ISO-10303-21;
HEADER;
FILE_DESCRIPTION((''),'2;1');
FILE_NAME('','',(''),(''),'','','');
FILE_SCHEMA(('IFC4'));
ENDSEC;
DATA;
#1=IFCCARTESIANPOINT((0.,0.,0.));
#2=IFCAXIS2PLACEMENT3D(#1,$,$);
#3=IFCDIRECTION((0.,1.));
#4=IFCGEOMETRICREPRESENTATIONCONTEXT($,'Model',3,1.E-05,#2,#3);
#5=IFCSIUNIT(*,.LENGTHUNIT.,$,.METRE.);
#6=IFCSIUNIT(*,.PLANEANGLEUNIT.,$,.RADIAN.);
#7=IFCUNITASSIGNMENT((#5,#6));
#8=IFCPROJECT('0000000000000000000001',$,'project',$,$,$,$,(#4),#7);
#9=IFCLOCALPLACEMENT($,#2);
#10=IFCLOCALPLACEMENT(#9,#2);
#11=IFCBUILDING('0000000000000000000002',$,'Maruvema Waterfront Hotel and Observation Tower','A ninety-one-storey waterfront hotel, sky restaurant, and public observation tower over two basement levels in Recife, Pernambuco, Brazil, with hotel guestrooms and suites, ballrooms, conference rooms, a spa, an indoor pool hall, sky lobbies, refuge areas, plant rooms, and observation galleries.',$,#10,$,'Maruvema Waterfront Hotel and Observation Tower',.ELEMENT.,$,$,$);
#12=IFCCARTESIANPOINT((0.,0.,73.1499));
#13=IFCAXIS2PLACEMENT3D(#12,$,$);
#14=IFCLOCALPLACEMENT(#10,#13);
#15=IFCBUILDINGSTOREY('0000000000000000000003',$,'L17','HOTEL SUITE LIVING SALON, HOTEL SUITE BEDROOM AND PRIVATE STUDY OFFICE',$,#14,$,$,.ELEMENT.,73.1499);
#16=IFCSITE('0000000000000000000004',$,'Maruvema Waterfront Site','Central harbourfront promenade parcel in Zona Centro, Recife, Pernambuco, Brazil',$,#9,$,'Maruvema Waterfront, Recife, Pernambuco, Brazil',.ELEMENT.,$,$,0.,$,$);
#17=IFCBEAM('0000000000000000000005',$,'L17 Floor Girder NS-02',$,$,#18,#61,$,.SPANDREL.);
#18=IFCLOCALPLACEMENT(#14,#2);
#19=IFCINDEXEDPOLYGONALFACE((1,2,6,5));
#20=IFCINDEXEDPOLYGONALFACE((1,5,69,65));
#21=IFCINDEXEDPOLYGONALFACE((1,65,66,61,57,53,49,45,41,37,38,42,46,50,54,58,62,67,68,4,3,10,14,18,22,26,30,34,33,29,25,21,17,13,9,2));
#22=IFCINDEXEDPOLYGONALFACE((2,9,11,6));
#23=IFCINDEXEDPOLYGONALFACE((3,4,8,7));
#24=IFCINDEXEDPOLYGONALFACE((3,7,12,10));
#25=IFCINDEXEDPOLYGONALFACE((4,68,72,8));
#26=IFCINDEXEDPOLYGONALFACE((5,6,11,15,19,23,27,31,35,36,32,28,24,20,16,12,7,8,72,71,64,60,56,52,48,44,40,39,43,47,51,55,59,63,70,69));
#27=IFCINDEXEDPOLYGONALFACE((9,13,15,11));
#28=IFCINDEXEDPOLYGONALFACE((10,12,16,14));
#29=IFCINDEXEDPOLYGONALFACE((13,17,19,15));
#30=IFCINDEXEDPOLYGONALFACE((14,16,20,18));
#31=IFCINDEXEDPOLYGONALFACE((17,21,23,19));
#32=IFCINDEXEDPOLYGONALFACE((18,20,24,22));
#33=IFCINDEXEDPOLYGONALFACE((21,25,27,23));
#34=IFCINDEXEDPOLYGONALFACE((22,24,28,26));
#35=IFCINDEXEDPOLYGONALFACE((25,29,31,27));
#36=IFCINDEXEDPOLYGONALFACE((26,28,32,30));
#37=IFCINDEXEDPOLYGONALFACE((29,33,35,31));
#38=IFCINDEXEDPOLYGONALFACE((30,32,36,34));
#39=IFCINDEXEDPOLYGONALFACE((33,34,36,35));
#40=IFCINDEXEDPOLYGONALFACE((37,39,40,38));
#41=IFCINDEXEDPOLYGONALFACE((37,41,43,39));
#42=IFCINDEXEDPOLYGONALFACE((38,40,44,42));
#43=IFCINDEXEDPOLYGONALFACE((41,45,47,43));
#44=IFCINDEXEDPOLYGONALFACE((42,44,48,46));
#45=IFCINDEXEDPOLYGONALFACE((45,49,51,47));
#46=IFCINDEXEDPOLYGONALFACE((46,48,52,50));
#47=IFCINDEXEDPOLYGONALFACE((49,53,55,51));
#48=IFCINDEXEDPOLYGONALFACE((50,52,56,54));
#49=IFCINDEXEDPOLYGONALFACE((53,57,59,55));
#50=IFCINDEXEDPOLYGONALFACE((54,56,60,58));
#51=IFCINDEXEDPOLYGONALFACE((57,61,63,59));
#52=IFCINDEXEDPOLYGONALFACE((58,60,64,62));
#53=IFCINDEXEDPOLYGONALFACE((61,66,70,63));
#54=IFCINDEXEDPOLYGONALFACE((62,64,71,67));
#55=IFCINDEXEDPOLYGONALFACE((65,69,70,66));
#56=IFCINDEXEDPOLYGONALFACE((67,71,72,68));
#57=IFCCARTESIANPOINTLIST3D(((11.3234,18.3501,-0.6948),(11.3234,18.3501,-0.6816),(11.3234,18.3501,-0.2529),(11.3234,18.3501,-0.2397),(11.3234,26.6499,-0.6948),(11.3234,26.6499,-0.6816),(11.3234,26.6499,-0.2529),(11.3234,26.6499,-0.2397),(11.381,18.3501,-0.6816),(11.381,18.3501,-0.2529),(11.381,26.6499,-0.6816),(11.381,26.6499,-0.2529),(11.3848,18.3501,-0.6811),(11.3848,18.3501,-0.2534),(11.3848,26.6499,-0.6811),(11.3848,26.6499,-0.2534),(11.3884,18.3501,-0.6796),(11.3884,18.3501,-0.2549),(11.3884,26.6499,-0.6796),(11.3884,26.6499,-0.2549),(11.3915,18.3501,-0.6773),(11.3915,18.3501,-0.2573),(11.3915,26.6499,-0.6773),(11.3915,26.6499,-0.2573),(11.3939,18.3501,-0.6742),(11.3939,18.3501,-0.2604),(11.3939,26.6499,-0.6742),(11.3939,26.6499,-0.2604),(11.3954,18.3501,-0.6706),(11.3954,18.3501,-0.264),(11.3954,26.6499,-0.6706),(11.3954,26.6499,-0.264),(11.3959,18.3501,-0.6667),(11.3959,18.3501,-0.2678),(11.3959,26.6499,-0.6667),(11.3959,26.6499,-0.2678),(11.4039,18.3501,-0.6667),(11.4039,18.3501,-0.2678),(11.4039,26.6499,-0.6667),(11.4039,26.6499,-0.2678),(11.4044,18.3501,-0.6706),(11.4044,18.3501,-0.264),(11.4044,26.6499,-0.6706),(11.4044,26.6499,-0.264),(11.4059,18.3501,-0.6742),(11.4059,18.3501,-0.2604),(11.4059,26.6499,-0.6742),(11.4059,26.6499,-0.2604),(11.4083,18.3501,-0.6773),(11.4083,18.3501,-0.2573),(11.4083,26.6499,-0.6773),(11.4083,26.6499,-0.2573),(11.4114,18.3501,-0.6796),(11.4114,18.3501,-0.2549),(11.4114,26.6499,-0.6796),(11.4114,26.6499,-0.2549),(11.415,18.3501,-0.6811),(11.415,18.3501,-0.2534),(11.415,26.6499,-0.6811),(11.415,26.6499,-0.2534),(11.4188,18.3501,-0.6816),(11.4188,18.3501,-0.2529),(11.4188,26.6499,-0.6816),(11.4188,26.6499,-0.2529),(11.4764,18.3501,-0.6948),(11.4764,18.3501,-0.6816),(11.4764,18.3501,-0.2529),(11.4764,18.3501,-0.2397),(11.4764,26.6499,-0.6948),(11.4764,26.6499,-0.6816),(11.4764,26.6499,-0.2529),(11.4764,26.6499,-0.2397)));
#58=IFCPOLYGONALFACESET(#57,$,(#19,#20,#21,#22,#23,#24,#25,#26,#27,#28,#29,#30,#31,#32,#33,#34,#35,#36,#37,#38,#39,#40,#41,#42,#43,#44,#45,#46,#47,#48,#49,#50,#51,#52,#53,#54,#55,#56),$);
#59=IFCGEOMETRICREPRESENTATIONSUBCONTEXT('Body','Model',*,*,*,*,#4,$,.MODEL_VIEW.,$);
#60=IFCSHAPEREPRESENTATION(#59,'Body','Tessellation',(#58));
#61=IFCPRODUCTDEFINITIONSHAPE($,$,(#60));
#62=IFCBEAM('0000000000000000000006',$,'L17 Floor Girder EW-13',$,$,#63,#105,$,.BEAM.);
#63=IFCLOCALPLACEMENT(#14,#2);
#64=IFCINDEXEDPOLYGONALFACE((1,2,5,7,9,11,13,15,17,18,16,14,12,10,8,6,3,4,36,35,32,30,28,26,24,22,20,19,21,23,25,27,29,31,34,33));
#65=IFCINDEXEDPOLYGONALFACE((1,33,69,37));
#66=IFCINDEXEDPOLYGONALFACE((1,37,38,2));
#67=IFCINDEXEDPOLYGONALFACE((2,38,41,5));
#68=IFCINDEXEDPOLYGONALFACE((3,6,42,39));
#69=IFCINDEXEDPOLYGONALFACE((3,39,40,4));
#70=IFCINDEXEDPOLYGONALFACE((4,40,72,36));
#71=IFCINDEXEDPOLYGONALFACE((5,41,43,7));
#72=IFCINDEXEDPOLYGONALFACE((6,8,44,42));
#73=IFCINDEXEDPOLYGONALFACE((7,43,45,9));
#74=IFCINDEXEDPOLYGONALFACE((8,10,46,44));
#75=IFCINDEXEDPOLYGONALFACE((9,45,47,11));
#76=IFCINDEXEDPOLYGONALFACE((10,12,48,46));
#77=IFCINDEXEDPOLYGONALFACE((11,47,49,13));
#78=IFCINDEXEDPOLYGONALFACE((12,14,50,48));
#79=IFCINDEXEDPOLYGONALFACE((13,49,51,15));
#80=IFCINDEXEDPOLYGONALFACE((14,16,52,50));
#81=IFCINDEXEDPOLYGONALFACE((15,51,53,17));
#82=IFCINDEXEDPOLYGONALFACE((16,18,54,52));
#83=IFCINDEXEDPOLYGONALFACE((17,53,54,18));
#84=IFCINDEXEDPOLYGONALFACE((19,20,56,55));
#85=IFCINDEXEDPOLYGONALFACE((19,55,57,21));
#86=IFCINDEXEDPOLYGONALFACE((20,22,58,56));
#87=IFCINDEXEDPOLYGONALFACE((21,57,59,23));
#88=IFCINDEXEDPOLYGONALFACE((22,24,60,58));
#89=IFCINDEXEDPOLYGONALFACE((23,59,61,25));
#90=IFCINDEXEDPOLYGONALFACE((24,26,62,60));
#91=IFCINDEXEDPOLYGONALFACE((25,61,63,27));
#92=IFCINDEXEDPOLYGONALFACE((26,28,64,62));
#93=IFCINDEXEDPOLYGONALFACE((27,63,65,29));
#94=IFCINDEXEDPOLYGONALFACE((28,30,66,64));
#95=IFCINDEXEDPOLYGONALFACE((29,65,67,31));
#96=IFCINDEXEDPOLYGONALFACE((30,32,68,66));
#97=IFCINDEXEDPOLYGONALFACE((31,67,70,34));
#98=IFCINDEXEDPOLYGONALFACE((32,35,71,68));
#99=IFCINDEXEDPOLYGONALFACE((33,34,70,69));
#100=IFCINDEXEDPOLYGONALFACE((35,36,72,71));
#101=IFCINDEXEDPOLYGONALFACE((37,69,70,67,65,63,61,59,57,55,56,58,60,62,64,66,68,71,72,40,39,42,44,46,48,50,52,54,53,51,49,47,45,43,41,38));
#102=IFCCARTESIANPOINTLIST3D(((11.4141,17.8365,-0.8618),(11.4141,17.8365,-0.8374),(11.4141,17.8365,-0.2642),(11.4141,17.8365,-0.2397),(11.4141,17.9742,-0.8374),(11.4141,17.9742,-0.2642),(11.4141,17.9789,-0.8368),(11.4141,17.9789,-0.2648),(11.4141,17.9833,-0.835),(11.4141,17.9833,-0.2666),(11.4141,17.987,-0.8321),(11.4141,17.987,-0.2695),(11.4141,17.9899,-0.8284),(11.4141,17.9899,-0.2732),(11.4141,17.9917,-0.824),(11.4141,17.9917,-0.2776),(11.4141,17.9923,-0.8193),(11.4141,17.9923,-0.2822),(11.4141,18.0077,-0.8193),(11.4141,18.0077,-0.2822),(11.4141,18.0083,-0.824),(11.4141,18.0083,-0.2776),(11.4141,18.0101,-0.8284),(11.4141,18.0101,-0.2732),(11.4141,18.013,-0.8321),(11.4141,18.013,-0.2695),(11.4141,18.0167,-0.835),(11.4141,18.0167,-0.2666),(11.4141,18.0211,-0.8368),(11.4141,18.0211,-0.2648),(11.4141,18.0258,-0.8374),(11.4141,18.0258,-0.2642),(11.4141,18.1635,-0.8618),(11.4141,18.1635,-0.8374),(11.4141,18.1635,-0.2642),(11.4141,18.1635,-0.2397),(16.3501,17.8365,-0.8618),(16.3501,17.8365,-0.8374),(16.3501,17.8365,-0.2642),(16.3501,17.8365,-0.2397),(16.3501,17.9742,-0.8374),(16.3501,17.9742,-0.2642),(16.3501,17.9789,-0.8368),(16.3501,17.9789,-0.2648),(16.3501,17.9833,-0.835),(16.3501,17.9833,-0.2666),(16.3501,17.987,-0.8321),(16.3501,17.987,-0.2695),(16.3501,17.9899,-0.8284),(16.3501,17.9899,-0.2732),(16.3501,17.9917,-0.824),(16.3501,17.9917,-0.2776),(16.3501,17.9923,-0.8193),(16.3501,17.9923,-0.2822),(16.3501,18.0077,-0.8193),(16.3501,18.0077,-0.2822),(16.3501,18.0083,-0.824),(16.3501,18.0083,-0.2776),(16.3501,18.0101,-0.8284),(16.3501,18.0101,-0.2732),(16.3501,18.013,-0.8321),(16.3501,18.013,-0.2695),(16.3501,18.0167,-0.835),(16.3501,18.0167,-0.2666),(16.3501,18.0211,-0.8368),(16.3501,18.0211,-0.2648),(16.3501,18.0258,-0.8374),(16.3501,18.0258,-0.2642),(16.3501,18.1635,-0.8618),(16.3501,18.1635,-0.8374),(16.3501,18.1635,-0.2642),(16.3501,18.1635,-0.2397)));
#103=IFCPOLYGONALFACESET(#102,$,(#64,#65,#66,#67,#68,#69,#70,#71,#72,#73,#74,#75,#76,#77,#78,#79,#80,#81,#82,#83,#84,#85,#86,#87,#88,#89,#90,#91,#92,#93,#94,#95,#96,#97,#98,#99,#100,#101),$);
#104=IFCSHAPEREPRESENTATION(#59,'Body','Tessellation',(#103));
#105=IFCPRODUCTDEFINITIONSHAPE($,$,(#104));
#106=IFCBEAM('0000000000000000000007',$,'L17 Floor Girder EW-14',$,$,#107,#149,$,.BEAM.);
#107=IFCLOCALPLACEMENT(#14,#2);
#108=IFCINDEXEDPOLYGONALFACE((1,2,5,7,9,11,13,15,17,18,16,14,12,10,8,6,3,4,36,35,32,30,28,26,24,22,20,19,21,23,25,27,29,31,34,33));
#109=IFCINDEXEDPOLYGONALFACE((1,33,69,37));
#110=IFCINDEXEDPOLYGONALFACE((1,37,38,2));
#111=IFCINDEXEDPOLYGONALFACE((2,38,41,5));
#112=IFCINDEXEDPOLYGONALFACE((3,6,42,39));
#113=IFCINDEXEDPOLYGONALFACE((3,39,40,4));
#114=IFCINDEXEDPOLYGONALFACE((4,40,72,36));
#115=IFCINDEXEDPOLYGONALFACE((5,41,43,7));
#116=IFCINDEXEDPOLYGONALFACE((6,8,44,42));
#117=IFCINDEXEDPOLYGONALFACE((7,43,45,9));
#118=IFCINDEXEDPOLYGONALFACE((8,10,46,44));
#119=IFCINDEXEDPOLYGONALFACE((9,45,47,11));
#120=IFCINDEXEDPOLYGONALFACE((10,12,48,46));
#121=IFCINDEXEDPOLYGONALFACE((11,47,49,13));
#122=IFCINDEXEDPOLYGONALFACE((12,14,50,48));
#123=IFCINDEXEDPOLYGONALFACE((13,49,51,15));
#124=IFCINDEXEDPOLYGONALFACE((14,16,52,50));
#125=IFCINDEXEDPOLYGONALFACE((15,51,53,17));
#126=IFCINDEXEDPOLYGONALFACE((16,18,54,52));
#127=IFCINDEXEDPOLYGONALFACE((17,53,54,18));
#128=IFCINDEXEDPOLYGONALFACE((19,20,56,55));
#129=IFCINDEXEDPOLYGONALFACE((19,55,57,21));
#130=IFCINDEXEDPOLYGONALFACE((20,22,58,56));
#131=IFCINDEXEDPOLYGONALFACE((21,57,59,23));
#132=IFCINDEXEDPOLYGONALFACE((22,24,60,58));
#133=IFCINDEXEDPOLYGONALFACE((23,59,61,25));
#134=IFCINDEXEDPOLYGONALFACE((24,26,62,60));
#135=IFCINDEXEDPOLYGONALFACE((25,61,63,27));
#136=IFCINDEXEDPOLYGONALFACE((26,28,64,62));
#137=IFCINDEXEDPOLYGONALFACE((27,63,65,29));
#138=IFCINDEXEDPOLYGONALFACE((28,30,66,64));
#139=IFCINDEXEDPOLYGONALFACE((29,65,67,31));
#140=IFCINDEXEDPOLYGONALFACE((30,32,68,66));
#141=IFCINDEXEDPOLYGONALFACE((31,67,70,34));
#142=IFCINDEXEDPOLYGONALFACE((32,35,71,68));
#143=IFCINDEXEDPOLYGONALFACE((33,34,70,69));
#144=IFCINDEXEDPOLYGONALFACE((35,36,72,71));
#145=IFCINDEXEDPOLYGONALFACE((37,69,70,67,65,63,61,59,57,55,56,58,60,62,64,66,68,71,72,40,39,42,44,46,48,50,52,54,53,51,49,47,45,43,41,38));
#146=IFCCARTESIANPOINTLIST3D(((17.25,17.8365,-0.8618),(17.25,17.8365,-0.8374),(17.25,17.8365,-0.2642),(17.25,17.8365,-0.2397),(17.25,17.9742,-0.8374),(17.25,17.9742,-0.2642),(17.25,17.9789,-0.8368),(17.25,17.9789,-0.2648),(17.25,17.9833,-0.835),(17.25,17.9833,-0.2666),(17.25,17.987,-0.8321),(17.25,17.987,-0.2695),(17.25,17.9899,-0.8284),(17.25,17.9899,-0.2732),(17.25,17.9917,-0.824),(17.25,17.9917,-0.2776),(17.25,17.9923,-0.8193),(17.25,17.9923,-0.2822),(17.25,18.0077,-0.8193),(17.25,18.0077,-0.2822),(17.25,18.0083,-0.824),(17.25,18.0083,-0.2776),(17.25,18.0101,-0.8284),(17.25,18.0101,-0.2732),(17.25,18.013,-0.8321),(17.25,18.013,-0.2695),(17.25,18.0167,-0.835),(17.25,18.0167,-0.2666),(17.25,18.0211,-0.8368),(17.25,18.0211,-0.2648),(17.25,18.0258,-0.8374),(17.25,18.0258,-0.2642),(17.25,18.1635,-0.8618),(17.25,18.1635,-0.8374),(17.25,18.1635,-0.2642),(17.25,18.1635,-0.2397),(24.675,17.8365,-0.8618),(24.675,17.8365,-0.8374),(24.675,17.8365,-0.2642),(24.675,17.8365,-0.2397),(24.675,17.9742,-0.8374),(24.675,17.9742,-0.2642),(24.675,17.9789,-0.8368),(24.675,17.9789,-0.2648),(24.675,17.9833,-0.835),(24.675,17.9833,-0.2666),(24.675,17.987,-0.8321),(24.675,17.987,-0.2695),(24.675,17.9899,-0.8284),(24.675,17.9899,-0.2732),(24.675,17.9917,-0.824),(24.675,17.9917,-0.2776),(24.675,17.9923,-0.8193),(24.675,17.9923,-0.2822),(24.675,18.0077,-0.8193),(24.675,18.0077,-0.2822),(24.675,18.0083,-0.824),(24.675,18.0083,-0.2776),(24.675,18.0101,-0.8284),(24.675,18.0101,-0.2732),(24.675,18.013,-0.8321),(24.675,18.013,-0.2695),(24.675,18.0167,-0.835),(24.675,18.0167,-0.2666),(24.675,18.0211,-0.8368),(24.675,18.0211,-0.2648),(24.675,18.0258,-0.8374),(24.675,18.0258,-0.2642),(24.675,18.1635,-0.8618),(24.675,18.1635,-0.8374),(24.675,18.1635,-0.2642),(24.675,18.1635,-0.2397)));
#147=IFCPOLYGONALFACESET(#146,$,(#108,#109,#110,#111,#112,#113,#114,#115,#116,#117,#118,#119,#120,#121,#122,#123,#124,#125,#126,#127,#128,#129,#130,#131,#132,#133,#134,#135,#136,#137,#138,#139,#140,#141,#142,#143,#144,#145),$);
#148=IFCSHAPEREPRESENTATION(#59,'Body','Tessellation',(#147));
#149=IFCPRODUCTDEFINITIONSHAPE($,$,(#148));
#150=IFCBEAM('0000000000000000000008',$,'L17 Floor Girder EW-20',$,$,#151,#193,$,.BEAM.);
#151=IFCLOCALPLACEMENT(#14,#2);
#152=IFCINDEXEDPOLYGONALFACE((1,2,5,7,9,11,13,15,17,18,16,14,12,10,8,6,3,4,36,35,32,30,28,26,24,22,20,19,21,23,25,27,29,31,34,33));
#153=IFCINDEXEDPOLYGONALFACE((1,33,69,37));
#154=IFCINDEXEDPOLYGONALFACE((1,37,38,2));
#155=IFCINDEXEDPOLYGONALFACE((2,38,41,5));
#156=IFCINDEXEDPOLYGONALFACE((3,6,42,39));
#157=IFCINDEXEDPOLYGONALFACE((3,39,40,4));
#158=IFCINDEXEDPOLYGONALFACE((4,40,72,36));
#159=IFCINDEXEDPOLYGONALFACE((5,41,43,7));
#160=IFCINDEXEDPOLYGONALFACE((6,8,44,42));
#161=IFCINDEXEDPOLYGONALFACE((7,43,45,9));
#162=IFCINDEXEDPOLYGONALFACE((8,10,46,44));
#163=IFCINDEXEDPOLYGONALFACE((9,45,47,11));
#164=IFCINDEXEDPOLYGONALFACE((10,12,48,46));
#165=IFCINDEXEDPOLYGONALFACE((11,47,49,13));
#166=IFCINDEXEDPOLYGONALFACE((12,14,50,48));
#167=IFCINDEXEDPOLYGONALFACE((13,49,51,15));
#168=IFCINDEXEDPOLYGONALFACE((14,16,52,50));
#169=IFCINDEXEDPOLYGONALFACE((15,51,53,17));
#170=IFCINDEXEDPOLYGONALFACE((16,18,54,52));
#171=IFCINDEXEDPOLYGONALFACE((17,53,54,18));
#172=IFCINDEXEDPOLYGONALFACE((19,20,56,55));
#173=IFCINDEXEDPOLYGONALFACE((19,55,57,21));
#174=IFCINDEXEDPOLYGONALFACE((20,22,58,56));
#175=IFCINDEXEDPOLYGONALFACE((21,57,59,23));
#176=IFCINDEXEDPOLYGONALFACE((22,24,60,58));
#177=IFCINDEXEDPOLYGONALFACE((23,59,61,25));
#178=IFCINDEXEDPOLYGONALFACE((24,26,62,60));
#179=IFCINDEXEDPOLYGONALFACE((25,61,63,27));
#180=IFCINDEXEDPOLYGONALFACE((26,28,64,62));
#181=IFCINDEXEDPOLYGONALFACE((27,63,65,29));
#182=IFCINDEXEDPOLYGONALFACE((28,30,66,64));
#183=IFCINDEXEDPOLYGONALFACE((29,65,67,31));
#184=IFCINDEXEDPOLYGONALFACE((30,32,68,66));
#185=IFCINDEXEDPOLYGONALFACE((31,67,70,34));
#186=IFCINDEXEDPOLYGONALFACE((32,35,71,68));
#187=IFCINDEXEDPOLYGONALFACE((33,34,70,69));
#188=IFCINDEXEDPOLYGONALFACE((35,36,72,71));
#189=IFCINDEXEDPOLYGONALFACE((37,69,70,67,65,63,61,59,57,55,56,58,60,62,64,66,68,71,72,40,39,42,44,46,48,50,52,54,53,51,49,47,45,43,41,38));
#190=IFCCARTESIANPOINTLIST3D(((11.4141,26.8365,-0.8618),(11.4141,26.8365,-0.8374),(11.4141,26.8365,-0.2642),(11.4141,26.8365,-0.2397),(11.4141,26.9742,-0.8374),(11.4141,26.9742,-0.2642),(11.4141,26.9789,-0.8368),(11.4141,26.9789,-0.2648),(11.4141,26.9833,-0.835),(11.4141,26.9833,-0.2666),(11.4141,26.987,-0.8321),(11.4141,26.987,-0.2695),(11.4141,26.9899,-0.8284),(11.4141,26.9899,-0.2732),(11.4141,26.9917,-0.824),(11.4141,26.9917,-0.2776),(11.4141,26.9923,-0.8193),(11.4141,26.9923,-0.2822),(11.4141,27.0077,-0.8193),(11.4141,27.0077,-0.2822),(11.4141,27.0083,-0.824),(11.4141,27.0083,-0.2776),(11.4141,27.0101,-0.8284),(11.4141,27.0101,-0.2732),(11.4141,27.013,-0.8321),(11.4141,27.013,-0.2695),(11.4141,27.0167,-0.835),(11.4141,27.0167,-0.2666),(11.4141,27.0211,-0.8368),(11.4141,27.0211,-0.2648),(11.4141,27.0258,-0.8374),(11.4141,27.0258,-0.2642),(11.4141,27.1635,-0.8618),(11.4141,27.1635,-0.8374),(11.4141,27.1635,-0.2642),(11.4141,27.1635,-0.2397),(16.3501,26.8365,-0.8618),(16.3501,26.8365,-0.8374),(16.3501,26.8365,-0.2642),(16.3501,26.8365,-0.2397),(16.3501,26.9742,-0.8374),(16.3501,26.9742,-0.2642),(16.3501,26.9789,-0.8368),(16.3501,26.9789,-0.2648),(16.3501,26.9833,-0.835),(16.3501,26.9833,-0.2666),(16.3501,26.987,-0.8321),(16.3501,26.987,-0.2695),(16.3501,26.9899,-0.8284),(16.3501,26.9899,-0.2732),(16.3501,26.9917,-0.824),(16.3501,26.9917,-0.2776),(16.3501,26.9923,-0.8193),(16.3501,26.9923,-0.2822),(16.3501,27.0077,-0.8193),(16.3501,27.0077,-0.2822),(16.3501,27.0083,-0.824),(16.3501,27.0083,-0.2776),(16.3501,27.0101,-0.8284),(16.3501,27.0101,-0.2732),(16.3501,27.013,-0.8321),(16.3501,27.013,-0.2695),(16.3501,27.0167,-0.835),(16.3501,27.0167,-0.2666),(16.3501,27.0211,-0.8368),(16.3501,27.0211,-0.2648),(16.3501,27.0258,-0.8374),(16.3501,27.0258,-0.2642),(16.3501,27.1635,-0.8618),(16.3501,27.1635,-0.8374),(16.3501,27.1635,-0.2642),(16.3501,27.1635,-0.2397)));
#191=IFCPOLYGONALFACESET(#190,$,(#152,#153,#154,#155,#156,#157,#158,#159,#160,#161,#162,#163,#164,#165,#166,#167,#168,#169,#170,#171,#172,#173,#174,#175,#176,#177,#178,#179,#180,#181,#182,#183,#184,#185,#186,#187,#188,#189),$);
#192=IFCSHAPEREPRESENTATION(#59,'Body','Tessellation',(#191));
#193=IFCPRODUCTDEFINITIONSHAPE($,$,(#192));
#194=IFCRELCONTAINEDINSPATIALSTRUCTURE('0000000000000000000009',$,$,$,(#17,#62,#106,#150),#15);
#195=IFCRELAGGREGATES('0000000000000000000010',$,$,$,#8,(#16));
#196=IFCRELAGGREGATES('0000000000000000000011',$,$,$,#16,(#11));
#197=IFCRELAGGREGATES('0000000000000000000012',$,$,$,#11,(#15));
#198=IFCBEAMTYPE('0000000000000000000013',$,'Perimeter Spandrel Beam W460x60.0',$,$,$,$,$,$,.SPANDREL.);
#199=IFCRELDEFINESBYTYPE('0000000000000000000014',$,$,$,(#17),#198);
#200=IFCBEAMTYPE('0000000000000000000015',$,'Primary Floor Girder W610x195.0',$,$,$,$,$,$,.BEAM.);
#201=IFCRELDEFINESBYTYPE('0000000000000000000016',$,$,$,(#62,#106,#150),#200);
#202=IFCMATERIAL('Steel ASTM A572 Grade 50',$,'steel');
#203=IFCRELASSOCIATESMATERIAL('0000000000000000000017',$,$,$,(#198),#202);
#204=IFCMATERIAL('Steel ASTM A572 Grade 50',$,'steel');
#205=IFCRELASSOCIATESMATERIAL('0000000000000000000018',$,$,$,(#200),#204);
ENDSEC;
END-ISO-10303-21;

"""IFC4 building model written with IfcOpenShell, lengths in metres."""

from ifc_helpers import new_model, si_unit, direction, frame, origin, origin_2d, place, context, subcontext, project, spatial, i_section, extrude, material, material_profile, profile_set, type_object, element, save


model = new_model("IFC4")

# Units and contexts
model_context = context("Model", 3, precision=1e-05, world=origin(), true_north=direction((0.0, 1.0)))
body_context = subcontext(model_context, "Body", "Model", "MODEL_VIEW")
ifc_project = project(units=[si_unit("LENGTHUNIT", "METRE"), si_unit("PLANEANGLEUNIT", "RADIAN")], contexts=[model_context])

# Site, building, storey
site_placement = place(None, origin())
site = spatial("IfcSite", under=ifc_project, at=site_placement, Name="Maruvema Waterfront Site", Description="Central harbourfront promenade parcel in Zona Centro, Recife, Pernambuco, Brazil", LongName="Maruvema Waterfront, Recife, Pernambuco, Brazil", CompositionType="ELEMENT", RefElevation=0.0)
building_placement = place(site_placement, origin())
building = spatial("IfcBuilding", under=site, at=building_placement, Name="Maruvema Waterfront Hotel and Observation Tower", Description="A ninety-one-storey waterfront hotel, sky restaurant, and public observation tower over two basement levels in Recife, Pernambuco, Brazil, with hotel guestrooms and suites, ballrooms, conference rooms, a spa, an indoor pool hall, sky lobbies, refuge areas, plant rooms, and observation galleries.", LongName="Maruvema Waterfront Hotel and Observation Tower", CompositionType="ELEMENT")
storey_placement = place(building_placement, frame((0.0, 0.0, 73.1499)))
storey = spatial("IfcBuildingStorey", under=building, at=storey_placement, Name="L17", Description="HOTEL SUITE LIVING SALON, HOTEL SUITE BEDROOM AND PRIVATE STUDY OFFICE", CompositionType="ELEMENT", Elevation=73.1499)

# Beams
ifc_material_1 = material(Name="Steel ASTM A572 Grade 50", Category="steel")
ifc_material_profile_1 = material_profile(ifc_material_1, i_section(OverallWidth=0.1531, OverallDepth=0.4551, WebThickness=0.0081, FlangeThickness=0.0132, FilletRadius=0.0149, at=origin_2d()), Name="W460x60.0")
ifc_profile_set_1 = profile_set([ifc_material_profile_1], Name="Steel ASTM A572 Grade 50")
beam_type_1 = type_object("IfcBeamType", Name="Perimeter Spandrel Beam W460x60.0", PredefinedType="SPANDREL", material=ifc_profile_set_1)
beam_1_placement = place(storey_placement, frame((11.3999, 18.3501, -0.4673), z_axis=(0.0, 1.0, 0.0), x_axis=(-1.0, 0.0, 0.0)))
element("IfcBeam", 1, at=beam_1_placement, inside=storey, type_object=beam_type_1, Name="L17 Floor Girder NS-02", PredefinedType="SPANDREL", context=body_context, shape_type="SweptSolid", body=[
    extrude(i_section(OverallWidth=0.1531, OverallDepth=0.4551, WebThickness=0.0081, FlangeThickness=0.0132, FilletRadius=0.0149, at=origin_2d()), origin(), (0.0, 0.0, 1.0), 8.2998),
])
ifc_material_2 = material(Name="Steel ASTM A572 Grade 50", Category="steel")
ifc_material_profile_2 = material_profile(ifc_material_2, i_section(OverallWidth=0.3269, OverallDepth=0.6221, WebThickness=0.0154, FlangeThickness=0.0244, FilletRadius=0.0181, at=origin_2d()), Name="W610x195.0")
ifc_profile_set_2 = profile_set([ifc_material_profile_2], Name="Steel ASTM A572 Grade 50")
beam_type_2 = type_object("IfcBeamType", Name="Primary Floor Girder W610x195.0", PredefinedType="BEAM", material=ifc_profile_set_2)
beam_2_placement = place(storey_placement, frame((11.4141, 18.0, -0.5508), z_axis=(1.0, 0.0, 0.0), x_axis=(0.0, 1.0, 0.0)))
element("IfcBeam", 2, at=beam_2_placement, inside=storey, type_object=beam_type_2, Name="L17 Floor Girder EW-13", PredefinedType="BEAM", context=body_context, shape_type="SweptSolid", body=[
    extrude(i_section(OverallWidth=0.3269, OverallDepth=0.6221, WebThickness=0.0154, FlangeThickness=0.0244, FilletRadius=0.0181, at=origin_2d()), origin(), (0.0, 0.0, 1.0), 4.936),
])
beam_3_placement = place(storey_placement, frame((17.25, 18.0, -0.5508), z_axis=(1.0, 0.0, 0.0), x_axis=(0.0, 1.0, 0.0)))
element("IfcBeam", 3, at=beam_3_placement, inside=storey, type_object=beam_type_2, Name="L17 Floor Girder EW-14", PredefinedType="BEAM", context=body_context, shape_type="SweptSolid", body=[
    extrude(i_section(OverallWidth=0.3269, OverallDepth=0.6221, WebThickness=0.0154, FlangeThickness=0.0244, FilletRadius=0.0181, at=origin_2d()), origin(), (0.0, 0.0, 1.0), 7.425),
])
beam_4_placement = place(storey_placement, frame((11.4141, 27.0, -0.5508), z_axis=(1.0, 0.0, 0.0), x_axis=(0.0, 1.0, 0.0)))
element("IfcBeam", 4, at=beam_4_placement, inside=storey, type_object=beam_type_2, Name="L17 Floor Girder EW-20", PredefinedType="BEAM", context=body_context, shape_type="SweptSolid", body=[
    extrude(i_section(OverallWidth=0.3269, OverallDepth=0.6221, WebThickness=0.0154, FlangeThickness=0.0244, FilletRadius=0.0181, at=origin_2d()), origin(), (0.0, 0.0, 1.0), 4.936),
])

save(model, "model.ifc")
